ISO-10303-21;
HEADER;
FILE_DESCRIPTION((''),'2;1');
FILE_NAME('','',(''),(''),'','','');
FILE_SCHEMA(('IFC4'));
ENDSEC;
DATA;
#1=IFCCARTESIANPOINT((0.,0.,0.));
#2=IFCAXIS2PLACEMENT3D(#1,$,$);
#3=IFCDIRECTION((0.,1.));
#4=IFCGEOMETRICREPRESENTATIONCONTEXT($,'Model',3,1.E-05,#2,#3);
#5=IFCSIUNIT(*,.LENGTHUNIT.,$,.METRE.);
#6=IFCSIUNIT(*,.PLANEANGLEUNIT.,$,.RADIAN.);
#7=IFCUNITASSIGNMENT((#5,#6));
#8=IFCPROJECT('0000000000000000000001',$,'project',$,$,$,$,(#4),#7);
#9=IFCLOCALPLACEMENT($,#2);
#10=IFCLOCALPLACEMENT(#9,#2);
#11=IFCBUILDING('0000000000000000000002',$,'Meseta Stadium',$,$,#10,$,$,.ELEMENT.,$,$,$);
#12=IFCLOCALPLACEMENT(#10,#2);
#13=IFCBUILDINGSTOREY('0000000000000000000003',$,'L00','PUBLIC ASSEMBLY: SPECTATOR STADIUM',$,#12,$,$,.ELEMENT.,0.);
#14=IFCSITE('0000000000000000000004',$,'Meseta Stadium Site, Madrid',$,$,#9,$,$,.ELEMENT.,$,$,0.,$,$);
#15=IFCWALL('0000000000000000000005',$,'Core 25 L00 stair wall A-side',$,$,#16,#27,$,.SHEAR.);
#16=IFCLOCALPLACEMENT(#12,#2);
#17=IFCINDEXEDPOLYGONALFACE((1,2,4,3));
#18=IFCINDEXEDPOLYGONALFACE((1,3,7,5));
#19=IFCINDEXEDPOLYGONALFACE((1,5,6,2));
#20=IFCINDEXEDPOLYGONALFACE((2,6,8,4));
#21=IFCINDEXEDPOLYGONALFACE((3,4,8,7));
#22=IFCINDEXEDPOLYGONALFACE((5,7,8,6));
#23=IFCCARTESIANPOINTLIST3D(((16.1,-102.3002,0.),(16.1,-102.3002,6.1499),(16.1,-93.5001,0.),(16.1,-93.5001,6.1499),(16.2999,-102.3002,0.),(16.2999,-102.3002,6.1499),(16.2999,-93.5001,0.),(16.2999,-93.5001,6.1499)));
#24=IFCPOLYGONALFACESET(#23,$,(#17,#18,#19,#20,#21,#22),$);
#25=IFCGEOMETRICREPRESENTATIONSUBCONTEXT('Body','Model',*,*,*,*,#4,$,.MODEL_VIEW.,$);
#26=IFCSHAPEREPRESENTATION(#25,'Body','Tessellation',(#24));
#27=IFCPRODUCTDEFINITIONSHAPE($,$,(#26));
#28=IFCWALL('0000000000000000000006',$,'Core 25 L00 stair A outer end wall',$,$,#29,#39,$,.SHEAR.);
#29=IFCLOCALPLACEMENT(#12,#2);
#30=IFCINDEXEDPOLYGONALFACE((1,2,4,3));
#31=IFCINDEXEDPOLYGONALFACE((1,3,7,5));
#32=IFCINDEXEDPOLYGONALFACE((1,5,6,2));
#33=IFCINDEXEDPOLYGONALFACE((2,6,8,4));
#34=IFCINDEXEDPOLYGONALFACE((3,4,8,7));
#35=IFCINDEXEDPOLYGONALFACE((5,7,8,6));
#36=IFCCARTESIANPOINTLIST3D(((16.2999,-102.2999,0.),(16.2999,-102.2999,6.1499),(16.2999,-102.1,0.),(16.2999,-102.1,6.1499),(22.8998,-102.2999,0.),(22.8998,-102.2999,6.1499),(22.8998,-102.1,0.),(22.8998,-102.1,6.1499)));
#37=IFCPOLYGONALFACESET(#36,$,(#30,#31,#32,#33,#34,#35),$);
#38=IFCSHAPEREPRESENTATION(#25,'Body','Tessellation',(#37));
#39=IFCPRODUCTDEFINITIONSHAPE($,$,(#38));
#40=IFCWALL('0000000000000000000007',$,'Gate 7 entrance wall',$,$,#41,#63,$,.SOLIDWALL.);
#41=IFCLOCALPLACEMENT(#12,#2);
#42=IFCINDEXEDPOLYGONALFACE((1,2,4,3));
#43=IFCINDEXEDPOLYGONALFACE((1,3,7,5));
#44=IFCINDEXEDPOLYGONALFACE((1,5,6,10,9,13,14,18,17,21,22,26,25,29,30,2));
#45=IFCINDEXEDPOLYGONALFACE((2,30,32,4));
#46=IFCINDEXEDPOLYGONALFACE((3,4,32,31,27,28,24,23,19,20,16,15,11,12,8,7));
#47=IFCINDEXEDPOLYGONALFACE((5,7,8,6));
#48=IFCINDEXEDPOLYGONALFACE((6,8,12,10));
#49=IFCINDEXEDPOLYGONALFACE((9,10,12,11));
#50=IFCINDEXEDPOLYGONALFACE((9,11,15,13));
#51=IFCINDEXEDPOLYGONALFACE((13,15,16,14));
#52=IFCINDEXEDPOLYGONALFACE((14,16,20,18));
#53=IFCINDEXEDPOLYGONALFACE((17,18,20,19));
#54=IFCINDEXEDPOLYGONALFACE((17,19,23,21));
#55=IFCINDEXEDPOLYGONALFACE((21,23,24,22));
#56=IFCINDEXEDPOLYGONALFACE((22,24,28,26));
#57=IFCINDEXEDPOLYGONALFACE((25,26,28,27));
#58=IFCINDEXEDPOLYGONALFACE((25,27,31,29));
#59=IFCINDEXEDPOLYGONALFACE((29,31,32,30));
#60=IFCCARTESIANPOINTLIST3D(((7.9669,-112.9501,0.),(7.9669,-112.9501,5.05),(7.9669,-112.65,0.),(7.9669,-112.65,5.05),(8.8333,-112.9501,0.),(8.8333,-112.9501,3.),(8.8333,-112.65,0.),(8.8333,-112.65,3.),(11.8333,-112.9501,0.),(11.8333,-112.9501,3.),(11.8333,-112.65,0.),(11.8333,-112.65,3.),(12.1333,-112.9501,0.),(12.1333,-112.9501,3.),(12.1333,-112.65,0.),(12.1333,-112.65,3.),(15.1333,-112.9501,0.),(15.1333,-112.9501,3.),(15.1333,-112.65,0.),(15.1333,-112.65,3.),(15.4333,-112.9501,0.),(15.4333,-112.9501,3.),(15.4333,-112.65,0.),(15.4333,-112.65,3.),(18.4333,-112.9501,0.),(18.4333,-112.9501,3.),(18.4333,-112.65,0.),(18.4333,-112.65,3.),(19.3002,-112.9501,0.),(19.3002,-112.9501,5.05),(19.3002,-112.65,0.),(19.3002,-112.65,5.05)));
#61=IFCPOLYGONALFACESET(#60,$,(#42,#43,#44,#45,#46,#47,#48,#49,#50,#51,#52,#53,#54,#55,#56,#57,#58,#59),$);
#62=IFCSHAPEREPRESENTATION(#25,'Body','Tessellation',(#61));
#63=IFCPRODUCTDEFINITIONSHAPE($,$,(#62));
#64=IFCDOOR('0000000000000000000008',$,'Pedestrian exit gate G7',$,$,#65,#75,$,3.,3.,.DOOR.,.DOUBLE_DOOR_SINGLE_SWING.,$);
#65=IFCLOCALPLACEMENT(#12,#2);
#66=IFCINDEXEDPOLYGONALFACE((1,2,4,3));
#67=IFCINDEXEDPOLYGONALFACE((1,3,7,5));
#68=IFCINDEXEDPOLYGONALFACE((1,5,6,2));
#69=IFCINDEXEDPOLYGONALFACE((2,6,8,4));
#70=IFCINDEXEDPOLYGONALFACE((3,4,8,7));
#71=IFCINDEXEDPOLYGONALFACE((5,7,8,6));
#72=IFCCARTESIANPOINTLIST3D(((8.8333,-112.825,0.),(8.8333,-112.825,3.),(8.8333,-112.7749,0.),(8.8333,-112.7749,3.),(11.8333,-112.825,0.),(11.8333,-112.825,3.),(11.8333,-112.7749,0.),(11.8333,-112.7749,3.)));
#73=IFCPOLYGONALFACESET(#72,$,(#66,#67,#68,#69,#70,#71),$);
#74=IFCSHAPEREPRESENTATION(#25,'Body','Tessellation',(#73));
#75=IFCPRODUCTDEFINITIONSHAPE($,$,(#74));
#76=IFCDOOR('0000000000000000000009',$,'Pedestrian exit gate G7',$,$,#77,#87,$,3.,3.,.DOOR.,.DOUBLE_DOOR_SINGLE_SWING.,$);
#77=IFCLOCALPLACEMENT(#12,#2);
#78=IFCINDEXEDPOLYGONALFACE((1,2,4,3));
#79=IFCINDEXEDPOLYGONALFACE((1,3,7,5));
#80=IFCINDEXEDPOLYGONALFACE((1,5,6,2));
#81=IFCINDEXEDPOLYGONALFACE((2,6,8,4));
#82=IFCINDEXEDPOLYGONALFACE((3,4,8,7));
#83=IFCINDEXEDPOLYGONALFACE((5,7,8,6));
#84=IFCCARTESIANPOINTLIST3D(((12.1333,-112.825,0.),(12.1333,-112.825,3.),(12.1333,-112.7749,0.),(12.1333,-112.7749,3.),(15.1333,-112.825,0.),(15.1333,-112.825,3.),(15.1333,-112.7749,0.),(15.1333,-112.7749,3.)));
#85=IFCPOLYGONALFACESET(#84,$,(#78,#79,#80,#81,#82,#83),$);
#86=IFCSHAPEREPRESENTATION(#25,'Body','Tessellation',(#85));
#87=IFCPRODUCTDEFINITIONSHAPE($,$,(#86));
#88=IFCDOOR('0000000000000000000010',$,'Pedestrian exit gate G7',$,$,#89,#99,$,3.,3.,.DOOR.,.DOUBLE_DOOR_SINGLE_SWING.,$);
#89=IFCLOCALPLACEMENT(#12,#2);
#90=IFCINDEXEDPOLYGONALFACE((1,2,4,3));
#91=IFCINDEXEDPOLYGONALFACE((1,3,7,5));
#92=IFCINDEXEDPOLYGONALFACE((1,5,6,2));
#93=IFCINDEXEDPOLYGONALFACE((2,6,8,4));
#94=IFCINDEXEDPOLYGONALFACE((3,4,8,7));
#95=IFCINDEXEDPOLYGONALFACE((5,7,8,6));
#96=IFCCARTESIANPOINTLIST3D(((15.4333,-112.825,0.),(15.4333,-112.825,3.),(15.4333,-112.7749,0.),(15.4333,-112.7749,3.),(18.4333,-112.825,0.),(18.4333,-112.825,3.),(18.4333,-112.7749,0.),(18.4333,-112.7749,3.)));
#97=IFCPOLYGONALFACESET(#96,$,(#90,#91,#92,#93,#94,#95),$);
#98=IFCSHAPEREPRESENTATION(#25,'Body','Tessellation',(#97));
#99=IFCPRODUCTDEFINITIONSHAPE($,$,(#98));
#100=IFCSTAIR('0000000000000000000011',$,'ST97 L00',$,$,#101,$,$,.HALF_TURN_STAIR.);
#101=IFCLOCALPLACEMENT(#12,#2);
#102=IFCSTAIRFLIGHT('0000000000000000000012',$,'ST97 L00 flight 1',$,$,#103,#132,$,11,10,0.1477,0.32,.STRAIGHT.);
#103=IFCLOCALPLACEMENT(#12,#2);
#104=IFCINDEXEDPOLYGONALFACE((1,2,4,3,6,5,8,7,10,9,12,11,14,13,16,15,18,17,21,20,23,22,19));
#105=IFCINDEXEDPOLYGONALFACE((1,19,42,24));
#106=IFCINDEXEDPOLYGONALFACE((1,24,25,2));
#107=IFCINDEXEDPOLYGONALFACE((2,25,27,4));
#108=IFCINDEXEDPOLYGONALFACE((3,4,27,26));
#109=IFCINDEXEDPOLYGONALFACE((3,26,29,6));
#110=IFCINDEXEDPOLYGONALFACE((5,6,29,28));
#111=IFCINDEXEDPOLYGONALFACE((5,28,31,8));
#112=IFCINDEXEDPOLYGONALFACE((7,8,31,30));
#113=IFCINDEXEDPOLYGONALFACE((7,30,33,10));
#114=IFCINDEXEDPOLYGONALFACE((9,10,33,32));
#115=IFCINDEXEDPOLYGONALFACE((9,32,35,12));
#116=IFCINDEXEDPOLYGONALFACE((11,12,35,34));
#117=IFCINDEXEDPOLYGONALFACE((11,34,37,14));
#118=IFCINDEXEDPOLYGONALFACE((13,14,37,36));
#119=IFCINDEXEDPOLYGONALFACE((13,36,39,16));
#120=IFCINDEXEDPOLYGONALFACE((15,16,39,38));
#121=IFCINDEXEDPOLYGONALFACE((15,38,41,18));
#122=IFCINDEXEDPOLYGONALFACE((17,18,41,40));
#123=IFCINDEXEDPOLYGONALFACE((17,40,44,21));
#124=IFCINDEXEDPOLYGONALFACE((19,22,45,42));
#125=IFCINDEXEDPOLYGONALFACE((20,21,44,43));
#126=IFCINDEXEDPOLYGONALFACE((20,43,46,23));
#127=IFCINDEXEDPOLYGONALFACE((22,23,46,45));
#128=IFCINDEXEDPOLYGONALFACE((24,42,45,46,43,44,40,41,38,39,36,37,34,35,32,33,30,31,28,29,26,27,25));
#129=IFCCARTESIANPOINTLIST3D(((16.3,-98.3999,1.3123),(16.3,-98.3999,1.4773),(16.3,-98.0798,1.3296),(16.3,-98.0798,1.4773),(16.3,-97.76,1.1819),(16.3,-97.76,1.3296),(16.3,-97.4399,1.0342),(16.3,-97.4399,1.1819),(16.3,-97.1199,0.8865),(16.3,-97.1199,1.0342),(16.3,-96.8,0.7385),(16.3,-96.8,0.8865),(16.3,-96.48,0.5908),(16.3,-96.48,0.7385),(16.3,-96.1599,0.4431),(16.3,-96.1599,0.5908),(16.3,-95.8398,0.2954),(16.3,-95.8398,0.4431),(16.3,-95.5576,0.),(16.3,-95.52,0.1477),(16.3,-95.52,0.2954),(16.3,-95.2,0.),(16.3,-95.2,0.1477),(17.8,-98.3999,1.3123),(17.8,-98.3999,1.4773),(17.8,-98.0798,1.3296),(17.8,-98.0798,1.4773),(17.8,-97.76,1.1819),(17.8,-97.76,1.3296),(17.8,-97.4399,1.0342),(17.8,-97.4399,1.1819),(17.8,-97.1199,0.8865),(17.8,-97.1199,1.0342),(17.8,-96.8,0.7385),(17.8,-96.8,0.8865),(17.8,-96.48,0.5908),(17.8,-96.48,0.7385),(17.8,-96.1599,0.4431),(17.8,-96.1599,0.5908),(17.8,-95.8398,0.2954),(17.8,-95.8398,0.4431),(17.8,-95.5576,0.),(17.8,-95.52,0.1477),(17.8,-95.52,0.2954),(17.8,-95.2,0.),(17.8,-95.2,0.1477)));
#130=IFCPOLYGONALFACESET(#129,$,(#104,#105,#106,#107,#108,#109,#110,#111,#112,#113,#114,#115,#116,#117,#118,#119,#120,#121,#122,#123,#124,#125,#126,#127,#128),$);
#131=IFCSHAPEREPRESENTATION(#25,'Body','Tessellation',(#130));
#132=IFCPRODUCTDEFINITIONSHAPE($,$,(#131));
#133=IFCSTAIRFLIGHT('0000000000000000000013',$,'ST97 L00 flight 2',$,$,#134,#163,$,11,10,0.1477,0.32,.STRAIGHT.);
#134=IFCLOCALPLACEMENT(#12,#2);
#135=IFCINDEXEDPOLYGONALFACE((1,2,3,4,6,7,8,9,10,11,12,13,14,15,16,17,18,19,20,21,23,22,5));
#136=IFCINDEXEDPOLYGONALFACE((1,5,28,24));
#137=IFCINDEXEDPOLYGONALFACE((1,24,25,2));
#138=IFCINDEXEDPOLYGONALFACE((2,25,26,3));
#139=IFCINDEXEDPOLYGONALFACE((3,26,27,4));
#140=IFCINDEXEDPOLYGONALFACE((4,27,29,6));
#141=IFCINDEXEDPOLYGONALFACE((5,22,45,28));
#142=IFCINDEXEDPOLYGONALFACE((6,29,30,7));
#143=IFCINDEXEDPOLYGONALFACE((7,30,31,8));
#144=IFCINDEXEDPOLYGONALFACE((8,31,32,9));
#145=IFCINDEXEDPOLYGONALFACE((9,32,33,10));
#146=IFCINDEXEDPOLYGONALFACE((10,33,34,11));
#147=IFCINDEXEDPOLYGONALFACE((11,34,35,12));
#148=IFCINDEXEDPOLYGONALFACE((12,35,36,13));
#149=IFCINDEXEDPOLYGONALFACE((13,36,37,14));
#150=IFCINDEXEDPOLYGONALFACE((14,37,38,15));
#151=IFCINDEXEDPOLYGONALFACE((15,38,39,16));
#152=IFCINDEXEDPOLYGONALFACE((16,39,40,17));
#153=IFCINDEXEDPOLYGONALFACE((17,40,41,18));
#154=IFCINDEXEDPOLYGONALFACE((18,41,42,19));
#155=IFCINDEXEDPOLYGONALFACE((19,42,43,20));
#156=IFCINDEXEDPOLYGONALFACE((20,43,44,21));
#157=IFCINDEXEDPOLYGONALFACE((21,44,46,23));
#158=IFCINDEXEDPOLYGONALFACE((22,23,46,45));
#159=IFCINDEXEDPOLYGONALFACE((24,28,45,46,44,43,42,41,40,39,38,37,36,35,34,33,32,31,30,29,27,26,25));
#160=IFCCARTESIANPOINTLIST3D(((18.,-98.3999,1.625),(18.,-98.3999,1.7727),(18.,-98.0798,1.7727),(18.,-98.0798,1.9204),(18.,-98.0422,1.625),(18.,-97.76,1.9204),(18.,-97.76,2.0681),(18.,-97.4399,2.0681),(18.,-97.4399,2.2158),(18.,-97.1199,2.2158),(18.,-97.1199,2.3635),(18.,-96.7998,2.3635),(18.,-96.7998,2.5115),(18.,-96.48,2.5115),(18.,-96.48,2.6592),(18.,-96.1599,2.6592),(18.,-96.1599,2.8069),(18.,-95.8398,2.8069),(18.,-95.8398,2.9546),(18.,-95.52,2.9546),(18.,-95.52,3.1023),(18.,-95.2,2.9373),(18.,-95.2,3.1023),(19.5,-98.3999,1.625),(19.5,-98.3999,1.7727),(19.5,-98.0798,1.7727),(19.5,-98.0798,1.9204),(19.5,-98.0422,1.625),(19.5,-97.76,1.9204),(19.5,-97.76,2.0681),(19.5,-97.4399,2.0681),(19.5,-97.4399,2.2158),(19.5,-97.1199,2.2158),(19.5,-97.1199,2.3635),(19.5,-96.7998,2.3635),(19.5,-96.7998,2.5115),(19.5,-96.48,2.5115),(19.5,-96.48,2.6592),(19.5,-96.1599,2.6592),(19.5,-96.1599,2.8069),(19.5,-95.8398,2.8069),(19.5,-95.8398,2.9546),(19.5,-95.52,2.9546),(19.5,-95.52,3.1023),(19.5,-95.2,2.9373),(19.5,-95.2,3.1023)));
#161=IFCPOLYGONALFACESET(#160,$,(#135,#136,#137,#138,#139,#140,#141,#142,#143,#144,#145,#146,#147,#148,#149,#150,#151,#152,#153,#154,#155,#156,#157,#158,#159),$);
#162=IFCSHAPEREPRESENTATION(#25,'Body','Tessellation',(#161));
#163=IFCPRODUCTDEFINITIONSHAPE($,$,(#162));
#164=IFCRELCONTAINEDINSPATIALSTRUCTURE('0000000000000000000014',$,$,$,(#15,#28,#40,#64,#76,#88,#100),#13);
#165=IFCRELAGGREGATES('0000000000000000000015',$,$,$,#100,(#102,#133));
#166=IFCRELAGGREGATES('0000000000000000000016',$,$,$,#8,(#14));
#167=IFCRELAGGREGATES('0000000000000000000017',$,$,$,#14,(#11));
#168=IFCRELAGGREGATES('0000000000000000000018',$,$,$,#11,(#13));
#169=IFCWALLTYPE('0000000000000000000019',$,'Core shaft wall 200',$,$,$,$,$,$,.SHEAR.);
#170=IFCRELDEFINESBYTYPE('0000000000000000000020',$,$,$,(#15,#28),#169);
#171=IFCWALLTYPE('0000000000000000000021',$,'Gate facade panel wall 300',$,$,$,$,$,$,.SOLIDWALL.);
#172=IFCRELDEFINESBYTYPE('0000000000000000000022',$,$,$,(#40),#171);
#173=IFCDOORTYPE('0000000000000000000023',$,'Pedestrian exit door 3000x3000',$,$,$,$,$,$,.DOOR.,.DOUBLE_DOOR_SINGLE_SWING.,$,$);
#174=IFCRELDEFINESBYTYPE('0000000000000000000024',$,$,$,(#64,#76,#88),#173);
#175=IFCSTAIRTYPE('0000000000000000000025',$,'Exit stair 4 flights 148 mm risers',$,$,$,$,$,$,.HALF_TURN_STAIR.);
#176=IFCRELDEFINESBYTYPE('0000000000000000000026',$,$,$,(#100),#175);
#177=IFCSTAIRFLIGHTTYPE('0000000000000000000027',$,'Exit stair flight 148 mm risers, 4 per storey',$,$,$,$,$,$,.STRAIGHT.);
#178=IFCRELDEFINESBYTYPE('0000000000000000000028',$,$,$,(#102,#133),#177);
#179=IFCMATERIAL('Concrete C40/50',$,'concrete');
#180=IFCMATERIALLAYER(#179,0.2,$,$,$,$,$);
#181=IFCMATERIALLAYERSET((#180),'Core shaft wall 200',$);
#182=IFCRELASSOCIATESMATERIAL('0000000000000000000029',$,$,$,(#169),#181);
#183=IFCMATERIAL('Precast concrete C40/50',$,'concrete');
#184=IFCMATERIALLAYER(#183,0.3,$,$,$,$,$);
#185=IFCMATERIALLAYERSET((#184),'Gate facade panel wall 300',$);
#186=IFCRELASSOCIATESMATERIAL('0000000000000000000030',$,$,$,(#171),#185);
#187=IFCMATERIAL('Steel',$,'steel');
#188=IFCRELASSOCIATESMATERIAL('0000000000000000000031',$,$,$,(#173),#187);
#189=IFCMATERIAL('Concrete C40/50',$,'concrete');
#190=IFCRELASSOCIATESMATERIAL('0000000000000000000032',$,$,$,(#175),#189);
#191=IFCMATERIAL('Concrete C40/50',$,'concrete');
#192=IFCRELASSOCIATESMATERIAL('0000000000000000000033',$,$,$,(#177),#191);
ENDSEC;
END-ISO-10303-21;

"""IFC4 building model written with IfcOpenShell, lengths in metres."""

from ifc_helpers import new_model, si_unit, direction, frame, frame_2d, origin, place, context, subcontext, project, spatial, polyline, rectangle, outline, extrude, material, layer, layer_set, type_object, element, fill, aggregate, save


model = new_model("IFC4")

# Units and contexts
model_context = context("Model", 3, precision=1e-05, world=origin(), true_north=direction((0.0, 1.0)))
body_context = subcontext(model_context, "Body", "Model", "MODEL_VIEW")
ifc_project = project(units=[si_unit("LENGTHUNIT", "METRE"), si_unit("PLANEANGLEUNIT", "RADIAN")], contexts=[model_context])

# Site, building, storey
site_placement = place(None, origin())
site = spatial("IfcSite", under=ifc_project, at=site_placement, Name="Meseta Stadium Site, Madrid", CompositionType="ELEMENT", RefElevation=0.0)
building_placement = place(site_placement, origin())
building = spatial("IfcBuilding", under=site, at=building_placement, Name="Meseta Stadium", CompositionType="ELEMENT")
storey_placement = place(building_placement, origin())
storey = spatial("IfcBuildingStorey", under=building, at=storey_placement, Name="L00", Description="PUBLIC ASSEMBLY: SPECTATOR STADIUM", CompositionType="ELEMENT", Elevation=0.0)

# Walls
ifc_material_1 = material(Name="Concrete C40/50", Category="concrete")
ifc_layer_1 = layer(ifc_material_1, 0.2)
ifc_layer_set_1 = layer_set([ifc_layer_1], Name="Core shaft wall 200")
wall_type_1 = type_object("IfcWallType", Name="Core shaft wall 200", PredefinedType="SHEAR", material=ifc_layer_set_1)
wall_1_placement = place(storey_placement, frame((16.2, -102.3, 0.0), z_axis=(0.0, 0.0, 1.0), x_axis=(0.0, 1.0, 0.0)))
element("IfcWall", 1, at=wall_1_placement, inside=storey, type_object=wall_type_1, Name="Core 25 L00 stair wall A-side", PredefinedType="SHEAR", context=body_context, shape_type="SweptSolid", body=[
    extrude(rectangle(XDim=8.8, YDim=0.2, at=frame_2d((4.3999, 0.0))), origin(), (0.0, 0.0, 1.0), 6.1499),
])
wall_2_placement = place(storey_placement, frame((16.3, -102.2, 0.0), z_axis=(0.0, 0.0, 1.0), x_axis=(1.0, 0.0, 0.0)))
element("IfcWall", 2, at=wall_2_placement, inside=storey, type_object=wall_type_1, Name="Core 25 L00 stair A outer end wall", PredefinedType="SHEAR", context=body_context, shape_type="SweptSolid", body=[
    extrude(rectangle(XDim=6.5999, YDim=0.2, at=frame_2d((3.2998, 0.0))), origin(), (0.0, 0.0, 1.0), 6.1499),
])

# Wall, openings, doors
ifc_material_2 = material(Name="Precast concrete C40/50", Category="concrete")
ifc_layer_2 = layer(ifc_material_2, 0.3)
ifc_layer_set_2 = layer_set([ifc_layer_2], Name="Gate facade panel wall 300")
wall_type_2 = type_object("IfcWallType", Name="Gate facade panel wall 300", PredefinedType="SOLIDWALL", material=ifc_layer_set_2)
wall_3_placement = place(storey_placement, frame((19.3, -112.8, 0.0), z_axis=(0.0, 0.0, 1.0), x_axis=(-1.0, 0.0, 0.0)))
wall_3 = element("IfcWall", 3, at=wall_3_placement, inside=storey, type_object=wall_type_2, Name="Gate 7 entrance wall", PredefinedType="SOLIDWALL", context=body_context, shape_type="SweptSolid", body=[
    extrude(rectangle(XDim=11.3333, YDim=0.3, at=frame_2d((5.6665, 0.0))), origin(), (0.0, 0.0, 1.0), 5.05),
])
opening_1_placement = place(wall_3_placement, frame((7.4668, 0.0, 0.0)))
opening_1 = element("IfcOpeningElement", 4, at=opening_1_placement, cuts=wall_3, PredefinedType="OPENING", context=body_context, shape_type="SweptSolid", body=[
    extrude(rectangle(XDim=3.0, YDim=3.0, at=frame_2d((1.5, 1.5))), frame((0.0, 0.1599, 0.0), z_axis=(0.0, -1.0, 0.0), x_axis=(1.0, 0.0, 0.0)), (0.0, 0.0, 1.0), 0.3201),
])
opening_2_placement = place(wall_3_placement, frame((4.1667, 0.0, 0.0)))
opening_2 = element("IfcOpeningElement", 5, at=opening_2_placement, cuts=wall_3, PredefinedType="OPENING", context=body_context, shape_type="SweptSolid", body=[
    extrude(rectangle(XDim=3.0, YDim=3.0, at=frame_2d((1.5, 1.5))), frame((0.0, 0.1599, 0.0), z_axis=(0.0, -1.0, 0.0), x_axis=(1.0, 0.0, 0.0)), (0.0, 0.0, 1.0), 0.3201),
])
opening_3_placement = place(wall_3_placement, frame((0.8667, 0.0, 0.0)))
opening_3 = element("IfcOpeningElement", 6, at=opening_3_placement, cuts=wall_3, PredefinedType="OPENING", context=body_context, shape_type="SweptSolid", body=[
    extrude(rectangle(XDim=3.0, YDim=3.0, at=frame_2d((1.5, 1.5))), frame((0.0, 0.1599, 0.0), z_axis=(0.0, -1.0, 0.0), x_axis=(1.0, 0.0, 0.0)), (0.0, 0.0, 1.0), 0.3201),
])
ifc_material_3 = material(Name="Steel", Category="steel")
door_type = type_object("IfcDoorType", Name="Pedestrian exit door 3000x3000", OperationType="DOUBLE_DOOR_SINGLE_SWING", PredefinedType="DOOR", material=ifc_material_3)
door_1_placement = place(opening_1_placement, origin())
door_1 = element("IfcDoor", 7, at=door_1_placement, inside=storey, type_object=door_type, Name="Pedestrian exit gate G7", OperationType="DOUBLE_DOOR_SINGLE_SWING", OverallHeight=3.0, OverallWidth=3.0, PredefinedType="DOOR", context=body_context, shape_type="SweptSolid", body=[
    extrude(rectangle(XDim=3.0, YDim=3.0, at=frame_2d((1.5, 1.5))), frame((0.0, 0.0249, 0.0), z_axis=(0.0, -1.0, 0.0), x_axis=(1.0, 0.0, 0.0)), (0.0, 0.0, 1.0), 0.05),
])
fill(opening_1, door_1)
door_2_placement = place(opening_2_placement, origin())
door_2 = element("IfcDoor", 8, at=door_2_placement, inside=storey, type_object=door_type, Name="Pedestrian exit gate G7", OperationType="DOUBLE_DOOR_SINGLE_SWING", OverallHeight=3.0, OverallWidth=3.0, PredefinedType="DOOR", context=body_context, shape_type="SweptSolid", body=[
    extrude(rectangle(XDim=3.0, YDim=3.0, at=frame_2d((1.5, 1.5))), frame((0.0, 0.0249, 0.0), z_axis=(0.0, -1.0, 0.0), x_axis=(1.0, 0.0, 0.0)), (0.0, 0.0, 1.0), 0.05),
])
fill(opening_2, door_2)
door_3_placement = place(opening_3_placement, origin())
door_3 = element("IfcDoor", 9, at=door_3_placement, inside=storey, type_object=door_type, Name="Pedestrian exit gate G7", OperationType="DOUBLE_DOOR_SINGLE_SWING", OverallHeight=3.0, OverallWidth=3.0, PredefinedType="DOOR", context=body_context, shape_type="SweptSolid", body=[
    extrude(rectangle(XDim=3.0, YDim=3.0, at=frame_2d((1.5, 1.5))), frame((0.0, 0.0249, 0.0), z_axis=(0.0, -1.0, 0.0), x_axis=(1.0, 0.0, 0.0)), (0.0, 0.0, 1.0), 0.05),
])
fill(opening_3, door_3)

# Stair, stair flights
ifc_material_4 = material(Name="Concrete C40/50", Category="concrete")
stair_type = type_object("IfcStairType", Name="Exit stair 4 flights 148 mm risers", PredefinedType="HALF_TURN_STAIR", material=ifc_material_4)
stair_1_placement = place(storey_placement, origin())
stair_1 = element("IfcStair", 10, at=stair_1_placement, inside=storey, type_object=stair_type, Name="ST97 L00", PredefinedType="HALF_TURN_STAIR")
ifc_material_5 = material(Name="Concrete C40/50", Category="concrete")
stair_flight_type = type_object("IfcStairFlightType", Name="Exit stair flight 148 mm risers, 4 per storey", PredefinedType="STRAIGHT", material=ifc_material_5)
stair_flight_1_placement = place(storey_placement, frame((17.05, -95.2, 0.0), z_axis=(0.0, 0.0, 1.0), x_axis=(0.0, -1.0, 0.0)))
stair_flight_1 = element("IfcStairFlight", 11, at=stair_flight_1_placement, type_object=stair_flight_type, Name="ST97 L00 flight 1", NumberOfRisers=11, NumberOfTreads=10, PredefinedType="STRAIGHT", RiserHeight=0.1477, TreadLength=0.32, context=body_context, shape_type="SweptSolid", body=[
    extrude(outline(polyline([(0.0, 0.0), (0.0, 0.1477), (0.3201, 0.1477), (0.3201, 0.2954), (0.6399, 0.2954), (0.6399, 0.4431), (0.96, 0.4431), (0.96, 0.5908), (1.28, 0.5908), (1.28, 0.7385), (1.6001, 0.7385), (1.6001, 0.8865), (1.9199, 0.8865), (1.9199, 1.0342), (2.24, 1.0342), (2.24, 1.1819), (2.5601, 1.1819), (2.5601, 1.3296), (2.8799, 1.3296), (2.8799, 1.4773), (3.2, 1.4773), (3.2, 1.3123), (0.3577, 0.0), (0.0, 0.0)])), frame((0.0, 0.75, 0.0), z_axis=(0.0, -1.0, 0.0), x_axis=(1.0, 0.0, 0.0)), (0.0, 0.0, 1.0), 1.5),
])
stair_flight_2_placement = place(storey_placement, frame((18.75, -98.3999, 1.625), z_axis=(0.0, 0.0, 1.0), x_axis=(0.0, 1.0, 0.0)))
stair_flight_2 = element("IfcStairFlight", 12, at=stair_flight_2_placement, type_object=stair_flight_type, Name="ST97 L00 flight 2", NumberOfRisers=11, NumberOfTreads=10, PredefinedType="STRAIGHT", RiserHeight=0.1477, TreadLength=0.32, context=body_context, shape_type="SweptSolid", body=[
    extrude(outline(polyline([(0.0, 0.0), (0.0, 0.1477), (0.3201, 0.1477), (0.3201, 0.2954), (0.6399, 0.2954), (0.6399, 0.4431), (0.96, 0.4431), (0.96, 0.5908), (1.28, 0.5908), (1.28, 0.7385), (1.6001, 0.7385), (1.6001, 0.8865), (1.9199, 0.8865), (1.9199, 1.0342), (2.24, 1.0342), (2.24, 1.1819), (2.5601, 1.1819), (2.5601, 1.3296), (2.8799, 1.3296), (2.8799, 1.4773), (3.2, 1.4773), (3.2, 1.3123), (0.3577, 0.0), (0.0, 0.0)])), frame((0.0, 0.75, 0.0), z_axis=(0.0, -1.0, 0.0), x_axis=(1.0, 0.0, 0.0)), (0.0, 0.0, 1.0), 1.5),
])
aggregate(stair_1, [stair_flight_1, stair_flight_2])

save(model, "model.ifc")
